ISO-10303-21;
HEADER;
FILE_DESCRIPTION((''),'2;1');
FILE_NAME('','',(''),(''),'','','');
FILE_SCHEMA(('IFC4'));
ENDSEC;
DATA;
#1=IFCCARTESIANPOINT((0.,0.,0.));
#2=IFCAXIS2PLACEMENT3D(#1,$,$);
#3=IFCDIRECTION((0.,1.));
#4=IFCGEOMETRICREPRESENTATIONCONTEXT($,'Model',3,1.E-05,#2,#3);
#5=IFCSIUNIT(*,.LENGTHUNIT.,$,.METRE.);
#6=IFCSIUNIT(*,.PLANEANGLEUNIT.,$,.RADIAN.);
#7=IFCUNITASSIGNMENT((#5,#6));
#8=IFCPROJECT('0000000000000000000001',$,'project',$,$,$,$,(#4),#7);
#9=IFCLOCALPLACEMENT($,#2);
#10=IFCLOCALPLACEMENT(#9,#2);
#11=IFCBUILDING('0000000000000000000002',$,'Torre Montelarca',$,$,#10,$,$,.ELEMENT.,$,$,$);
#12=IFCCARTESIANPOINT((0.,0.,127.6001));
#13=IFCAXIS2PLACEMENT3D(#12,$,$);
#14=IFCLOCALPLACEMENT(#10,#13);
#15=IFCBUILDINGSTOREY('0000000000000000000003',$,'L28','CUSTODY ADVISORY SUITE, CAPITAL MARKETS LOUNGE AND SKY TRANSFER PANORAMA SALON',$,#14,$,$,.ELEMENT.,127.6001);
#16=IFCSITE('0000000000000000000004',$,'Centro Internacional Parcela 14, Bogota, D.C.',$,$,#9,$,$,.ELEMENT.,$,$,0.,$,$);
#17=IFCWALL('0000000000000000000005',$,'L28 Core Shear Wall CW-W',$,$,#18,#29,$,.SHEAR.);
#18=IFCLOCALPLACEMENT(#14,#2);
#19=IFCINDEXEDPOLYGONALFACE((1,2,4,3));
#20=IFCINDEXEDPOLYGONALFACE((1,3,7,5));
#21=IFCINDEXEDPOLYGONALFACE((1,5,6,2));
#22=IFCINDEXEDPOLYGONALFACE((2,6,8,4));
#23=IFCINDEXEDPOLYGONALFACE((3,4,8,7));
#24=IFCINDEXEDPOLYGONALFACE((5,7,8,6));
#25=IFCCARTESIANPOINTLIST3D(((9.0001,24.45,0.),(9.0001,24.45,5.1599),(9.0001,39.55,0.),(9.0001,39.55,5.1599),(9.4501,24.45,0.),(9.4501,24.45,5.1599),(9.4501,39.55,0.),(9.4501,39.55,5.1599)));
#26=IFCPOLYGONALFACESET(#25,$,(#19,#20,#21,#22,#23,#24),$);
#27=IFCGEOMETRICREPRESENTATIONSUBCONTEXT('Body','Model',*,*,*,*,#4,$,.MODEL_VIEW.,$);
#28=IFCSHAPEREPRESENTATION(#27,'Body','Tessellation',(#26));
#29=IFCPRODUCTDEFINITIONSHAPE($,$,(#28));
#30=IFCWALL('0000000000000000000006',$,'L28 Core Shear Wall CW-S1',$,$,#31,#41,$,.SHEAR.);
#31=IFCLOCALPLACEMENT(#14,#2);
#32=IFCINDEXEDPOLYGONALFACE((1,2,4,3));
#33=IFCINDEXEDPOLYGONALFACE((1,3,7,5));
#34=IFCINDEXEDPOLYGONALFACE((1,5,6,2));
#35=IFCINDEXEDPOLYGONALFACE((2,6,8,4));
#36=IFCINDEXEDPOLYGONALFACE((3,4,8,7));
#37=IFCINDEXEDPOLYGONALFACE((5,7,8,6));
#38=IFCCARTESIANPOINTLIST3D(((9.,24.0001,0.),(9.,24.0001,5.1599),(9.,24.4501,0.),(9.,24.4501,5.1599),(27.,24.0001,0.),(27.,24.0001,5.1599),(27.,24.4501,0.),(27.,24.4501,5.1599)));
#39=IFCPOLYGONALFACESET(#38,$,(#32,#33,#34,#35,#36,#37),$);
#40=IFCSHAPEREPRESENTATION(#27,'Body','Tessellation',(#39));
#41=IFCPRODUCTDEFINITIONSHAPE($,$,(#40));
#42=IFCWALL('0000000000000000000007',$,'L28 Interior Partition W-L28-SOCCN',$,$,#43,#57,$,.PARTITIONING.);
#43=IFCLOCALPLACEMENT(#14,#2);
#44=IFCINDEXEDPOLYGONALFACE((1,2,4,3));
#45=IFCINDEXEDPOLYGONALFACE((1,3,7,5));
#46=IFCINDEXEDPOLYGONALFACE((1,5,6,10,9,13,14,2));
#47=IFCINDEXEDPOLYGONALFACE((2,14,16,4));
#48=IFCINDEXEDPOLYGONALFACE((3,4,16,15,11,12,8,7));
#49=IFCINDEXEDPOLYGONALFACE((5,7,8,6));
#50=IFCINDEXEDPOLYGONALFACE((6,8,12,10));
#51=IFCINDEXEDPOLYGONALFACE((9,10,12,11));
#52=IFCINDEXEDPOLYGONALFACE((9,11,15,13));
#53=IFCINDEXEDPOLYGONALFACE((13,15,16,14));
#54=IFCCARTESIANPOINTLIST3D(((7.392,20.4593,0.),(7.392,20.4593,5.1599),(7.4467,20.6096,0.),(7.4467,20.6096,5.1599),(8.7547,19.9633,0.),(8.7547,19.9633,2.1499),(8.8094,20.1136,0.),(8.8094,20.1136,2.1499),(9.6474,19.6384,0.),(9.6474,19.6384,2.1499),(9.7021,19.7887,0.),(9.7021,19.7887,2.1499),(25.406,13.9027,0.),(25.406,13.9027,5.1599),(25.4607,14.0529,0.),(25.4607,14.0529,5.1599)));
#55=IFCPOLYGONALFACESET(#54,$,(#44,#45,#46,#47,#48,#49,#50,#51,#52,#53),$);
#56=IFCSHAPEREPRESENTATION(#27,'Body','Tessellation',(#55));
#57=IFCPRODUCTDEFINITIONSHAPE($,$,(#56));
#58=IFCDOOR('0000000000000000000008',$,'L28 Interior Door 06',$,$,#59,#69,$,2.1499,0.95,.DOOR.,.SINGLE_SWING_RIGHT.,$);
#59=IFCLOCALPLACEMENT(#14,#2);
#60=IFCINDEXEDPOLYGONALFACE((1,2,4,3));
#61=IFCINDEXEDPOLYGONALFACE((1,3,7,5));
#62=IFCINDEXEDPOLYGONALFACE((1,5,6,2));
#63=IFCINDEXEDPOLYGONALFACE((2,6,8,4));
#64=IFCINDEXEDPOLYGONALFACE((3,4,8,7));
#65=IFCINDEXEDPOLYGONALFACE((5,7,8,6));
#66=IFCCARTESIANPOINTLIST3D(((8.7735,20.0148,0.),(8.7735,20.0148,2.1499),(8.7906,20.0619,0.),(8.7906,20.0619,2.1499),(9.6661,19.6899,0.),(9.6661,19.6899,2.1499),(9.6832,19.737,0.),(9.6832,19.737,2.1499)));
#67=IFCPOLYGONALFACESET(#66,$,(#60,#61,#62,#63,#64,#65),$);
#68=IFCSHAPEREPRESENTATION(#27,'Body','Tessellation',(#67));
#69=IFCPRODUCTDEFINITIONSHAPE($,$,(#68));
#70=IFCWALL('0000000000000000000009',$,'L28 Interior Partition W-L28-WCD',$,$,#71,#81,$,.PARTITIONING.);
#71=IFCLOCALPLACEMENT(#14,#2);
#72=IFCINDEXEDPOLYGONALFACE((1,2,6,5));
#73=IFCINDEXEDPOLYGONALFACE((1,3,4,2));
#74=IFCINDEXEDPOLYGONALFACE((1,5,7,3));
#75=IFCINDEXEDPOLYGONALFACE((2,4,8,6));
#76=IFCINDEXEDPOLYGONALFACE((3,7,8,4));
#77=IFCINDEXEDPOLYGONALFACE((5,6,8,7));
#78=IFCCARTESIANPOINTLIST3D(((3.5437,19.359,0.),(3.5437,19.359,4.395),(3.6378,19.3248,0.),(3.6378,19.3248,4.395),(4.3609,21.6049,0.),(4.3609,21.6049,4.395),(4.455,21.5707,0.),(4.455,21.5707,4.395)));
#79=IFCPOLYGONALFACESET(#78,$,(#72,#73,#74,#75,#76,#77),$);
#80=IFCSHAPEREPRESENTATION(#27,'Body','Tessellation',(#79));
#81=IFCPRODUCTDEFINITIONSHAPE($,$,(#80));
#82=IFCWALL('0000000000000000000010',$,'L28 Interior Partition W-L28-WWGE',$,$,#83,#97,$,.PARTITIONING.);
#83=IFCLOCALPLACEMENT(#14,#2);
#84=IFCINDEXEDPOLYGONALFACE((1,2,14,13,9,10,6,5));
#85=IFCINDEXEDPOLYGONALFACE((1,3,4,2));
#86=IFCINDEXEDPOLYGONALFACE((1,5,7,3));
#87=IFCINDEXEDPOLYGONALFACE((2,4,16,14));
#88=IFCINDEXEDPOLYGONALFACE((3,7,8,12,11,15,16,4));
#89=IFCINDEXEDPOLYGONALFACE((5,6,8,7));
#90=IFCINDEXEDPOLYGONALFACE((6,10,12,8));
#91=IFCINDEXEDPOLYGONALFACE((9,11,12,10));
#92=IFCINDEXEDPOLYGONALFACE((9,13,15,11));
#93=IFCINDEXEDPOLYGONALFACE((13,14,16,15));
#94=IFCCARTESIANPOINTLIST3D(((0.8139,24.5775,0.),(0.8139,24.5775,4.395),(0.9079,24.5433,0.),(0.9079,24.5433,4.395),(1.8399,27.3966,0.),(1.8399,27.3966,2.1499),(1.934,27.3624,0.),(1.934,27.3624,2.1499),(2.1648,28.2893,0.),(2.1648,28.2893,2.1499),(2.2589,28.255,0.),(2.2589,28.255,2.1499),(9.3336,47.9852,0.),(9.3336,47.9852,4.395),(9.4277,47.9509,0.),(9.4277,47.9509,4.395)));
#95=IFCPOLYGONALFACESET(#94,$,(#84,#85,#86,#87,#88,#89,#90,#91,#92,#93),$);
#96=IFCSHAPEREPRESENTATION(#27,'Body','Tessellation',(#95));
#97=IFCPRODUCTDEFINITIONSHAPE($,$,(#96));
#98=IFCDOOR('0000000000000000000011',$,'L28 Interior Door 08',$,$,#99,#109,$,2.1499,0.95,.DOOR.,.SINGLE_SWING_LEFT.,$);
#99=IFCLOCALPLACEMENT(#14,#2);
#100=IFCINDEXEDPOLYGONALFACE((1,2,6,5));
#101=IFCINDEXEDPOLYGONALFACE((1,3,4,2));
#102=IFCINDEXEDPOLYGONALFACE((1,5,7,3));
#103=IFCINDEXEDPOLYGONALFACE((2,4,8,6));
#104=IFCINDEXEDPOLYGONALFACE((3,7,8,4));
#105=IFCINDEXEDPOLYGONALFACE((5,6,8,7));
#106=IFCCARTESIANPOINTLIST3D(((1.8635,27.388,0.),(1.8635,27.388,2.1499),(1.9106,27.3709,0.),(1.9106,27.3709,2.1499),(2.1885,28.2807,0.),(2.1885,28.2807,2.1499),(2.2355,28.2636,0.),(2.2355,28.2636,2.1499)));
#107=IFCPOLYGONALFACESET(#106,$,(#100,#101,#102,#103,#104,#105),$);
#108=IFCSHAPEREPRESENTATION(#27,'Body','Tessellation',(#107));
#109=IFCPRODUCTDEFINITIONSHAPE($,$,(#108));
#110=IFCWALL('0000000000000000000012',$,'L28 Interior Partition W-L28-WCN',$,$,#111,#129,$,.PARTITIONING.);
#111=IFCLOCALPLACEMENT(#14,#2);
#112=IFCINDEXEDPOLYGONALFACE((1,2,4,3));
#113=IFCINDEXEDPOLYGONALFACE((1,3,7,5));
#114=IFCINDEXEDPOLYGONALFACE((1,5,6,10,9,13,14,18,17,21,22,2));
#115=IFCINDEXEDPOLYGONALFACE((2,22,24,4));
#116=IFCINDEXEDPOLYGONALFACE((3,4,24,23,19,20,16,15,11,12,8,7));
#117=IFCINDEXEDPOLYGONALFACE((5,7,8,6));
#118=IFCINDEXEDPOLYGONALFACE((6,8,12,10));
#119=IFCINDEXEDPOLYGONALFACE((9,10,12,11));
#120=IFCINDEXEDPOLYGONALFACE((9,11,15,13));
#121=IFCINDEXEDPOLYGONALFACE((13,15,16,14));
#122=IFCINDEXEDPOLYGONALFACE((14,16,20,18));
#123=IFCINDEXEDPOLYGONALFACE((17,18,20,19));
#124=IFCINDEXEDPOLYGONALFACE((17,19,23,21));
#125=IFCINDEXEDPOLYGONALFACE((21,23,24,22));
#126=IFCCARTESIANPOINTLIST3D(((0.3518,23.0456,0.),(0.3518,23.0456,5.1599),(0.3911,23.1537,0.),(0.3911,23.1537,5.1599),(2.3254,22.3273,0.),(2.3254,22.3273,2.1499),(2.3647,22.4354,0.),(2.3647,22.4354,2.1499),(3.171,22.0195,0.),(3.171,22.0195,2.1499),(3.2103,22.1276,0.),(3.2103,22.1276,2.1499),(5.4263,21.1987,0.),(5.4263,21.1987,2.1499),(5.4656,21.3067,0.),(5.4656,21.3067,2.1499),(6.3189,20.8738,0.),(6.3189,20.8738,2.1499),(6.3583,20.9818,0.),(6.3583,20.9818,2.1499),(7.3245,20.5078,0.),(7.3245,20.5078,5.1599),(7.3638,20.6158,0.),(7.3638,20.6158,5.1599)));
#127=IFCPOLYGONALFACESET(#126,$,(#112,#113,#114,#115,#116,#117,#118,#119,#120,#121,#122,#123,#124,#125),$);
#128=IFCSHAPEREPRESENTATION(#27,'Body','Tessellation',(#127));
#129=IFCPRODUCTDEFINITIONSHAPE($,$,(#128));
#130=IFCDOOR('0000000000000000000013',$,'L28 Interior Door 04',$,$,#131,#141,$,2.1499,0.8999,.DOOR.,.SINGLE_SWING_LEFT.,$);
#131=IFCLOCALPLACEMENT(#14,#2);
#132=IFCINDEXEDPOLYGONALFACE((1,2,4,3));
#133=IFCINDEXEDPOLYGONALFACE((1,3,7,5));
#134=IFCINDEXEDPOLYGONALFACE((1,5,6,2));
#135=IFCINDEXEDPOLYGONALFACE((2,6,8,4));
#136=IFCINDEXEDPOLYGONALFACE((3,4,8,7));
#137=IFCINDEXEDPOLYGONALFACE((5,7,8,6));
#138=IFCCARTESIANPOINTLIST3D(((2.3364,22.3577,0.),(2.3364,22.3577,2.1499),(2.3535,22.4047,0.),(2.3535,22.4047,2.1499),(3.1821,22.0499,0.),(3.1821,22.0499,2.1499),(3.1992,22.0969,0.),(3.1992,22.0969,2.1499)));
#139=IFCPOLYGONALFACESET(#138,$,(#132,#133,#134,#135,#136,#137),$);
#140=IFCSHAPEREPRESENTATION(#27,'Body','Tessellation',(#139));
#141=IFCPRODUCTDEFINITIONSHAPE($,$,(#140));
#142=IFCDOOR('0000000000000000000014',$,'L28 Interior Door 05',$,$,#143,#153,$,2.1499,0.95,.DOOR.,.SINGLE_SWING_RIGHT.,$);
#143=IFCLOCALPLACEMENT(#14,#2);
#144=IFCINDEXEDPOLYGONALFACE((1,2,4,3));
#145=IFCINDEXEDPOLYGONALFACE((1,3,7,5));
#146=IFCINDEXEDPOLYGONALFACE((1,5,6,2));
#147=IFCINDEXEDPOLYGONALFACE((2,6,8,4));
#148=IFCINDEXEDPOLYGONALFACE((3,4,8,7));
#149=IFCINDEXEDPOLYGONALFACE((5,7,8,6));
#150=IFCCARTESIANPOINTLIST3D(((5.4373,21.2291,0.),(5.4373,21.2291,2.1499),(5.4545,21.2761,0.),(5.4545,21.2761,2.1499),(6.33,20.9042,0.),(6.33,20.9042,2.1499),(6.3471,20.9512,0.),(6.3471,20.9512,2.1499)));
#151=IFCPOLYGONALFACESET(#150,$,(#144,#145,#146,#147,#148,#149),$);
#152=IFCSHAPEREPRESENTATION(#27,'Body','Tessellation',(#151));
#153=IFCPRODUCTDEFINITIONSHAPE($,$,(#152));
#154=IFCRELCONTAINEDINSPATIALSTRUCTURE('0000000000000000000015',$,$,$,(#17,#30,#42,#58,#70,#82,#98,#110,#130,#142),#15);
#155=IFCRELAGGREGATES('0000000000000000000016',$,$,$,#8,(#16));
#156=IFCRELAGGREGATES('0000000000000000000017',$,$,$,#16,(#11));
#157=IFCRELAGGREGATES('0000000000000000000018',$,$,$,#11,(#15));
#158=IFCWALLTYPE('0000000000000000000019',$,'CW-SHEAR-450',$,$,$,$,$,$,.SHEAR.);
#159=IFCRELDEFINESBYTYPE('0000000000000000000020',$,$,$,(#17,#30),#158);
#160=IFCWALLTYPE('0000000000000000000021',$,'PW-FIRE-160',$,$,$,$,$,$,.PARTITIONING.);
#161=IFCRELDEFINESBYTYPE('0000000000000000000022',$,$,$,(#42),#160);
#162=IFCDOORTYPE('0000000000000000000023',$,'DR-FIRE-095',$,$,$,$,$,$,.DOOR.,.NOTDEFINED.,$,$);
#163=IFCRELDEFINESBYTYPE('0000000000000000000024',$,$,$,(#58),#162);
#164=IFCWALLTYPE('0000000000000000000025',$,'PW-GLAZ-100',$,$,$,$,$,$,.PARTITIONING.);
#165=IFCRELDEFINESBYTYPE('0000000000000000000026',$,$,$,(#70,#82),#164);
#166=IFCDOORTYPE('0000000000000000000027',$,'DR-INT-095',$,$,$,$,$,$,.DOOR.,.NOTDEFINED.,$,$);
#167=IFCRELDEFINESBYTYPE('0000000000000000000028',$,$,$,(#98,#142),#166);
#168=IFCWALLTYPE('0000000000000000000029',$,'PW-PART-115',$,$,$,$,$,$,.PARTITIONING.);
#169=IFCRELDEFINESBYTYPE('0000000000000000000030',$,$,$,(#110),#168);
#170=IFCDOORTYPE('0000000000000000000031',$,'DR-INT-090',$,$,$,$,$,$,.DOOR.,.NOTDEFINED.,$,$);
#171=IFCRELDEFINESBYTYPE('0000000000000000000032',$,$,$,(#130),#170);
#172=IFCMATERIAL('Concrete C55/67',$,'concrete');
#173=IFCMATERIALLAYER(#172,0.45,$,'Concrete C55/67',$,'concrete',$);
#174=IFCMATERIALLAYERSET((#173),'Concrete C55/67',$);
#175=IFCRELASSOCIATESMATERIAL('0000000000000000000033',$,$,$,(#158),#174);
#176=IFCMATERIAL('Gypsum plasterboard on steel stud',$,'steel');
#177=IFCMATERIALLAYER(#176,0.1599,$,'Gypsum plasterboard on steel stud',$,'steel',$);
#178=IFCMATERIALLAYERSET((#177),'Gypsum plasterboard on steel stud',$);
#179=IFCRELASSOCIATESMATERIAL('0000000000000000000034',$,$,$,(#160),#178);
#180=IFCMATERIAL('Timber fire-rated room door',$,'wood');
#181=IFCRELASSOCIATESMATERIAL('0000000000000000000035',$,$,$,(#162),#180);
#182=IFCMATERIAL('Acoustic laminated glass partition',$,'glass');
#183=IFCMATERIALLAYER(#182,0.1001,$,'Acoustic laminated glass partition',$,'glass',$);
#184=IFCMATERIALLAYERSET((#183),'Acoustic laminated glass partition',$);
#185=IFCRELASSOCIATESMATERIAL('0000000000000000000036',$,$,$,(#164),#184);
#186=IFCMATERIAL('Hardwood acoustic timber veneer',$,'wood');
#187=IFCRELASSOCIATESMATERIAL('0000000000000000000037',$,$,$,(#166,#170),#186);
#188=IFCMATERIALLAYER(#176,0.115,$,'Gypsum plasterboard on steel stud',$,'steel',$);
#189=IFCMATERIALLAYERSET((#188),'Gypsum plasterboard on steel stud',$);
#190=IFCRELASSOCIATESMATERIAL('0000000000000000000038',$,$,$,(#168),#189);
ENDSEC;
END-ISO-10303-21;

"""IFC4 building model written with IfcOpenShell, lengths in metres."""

from ifc_helpers import new_model, si_unit, direction, frame, frame_2d, origin, place, context, subcontext, project, spatial, rectangle, extrude, source, transform, mapped, material, layer, layer_set, type_object, element, fill, save


model = new_model("IFC4")

# Units and contexts
model_context = context("Model", 3, precision=1e-05, world=origin(), true_north=direction((0.0, 1.0)))
body_context = subcontext(model_context, "Body", "Model", "MODEL_VIEW")
ifc_project = project(units=[si_unit("LENGTHUNIT", "METRE"), si_unit("PLANEANGLEUNIT", "RADIAN")], contexts=[model_context])

# Site, building, storey
site_placement = place(None, origin())
site = spatial("IfcSite", under=ifc_project, at=site_placement, Name="Centro Internacional Parcela 14, Bogota, D.C.", CompositionType="ELEMENT", RefElevation=0.0)
building_placement = place(site_placement, origin())
building = spatial("IfcBuilding", under=site, at=building_placement, Name="Torre Montelarca", CompositionType="ELEMENT")
storey_placement = place(building_placement, frame((0.0, 0.0, 127.6001)))
storey = spatial("IfcBuildingStorey", under=building, at=storey_placement, Name="L28", Description="CUSTODY ADVISORY SUITE, CAPITAL MARKETS LOUNGE AND SKY TRANSFER PANORAMA SALON", CompositionType="ELEMENT", Elevation=127.6001)

# Shared definitions
ifc_material_1 = material(Name="Concrete C55/67", Category="concrete")

# Walls
ifc_layer_1 = layer(ifc_material_1, 0.45, Name="Concrete C55/67", Category="concrete")
ifc_layer_set_1 = layer_set([ifc_layer_1], Name="Concrete C55/67")
wall_type_1 = type_object("IfcWallType", Name="CW-SHEAR-450", PredefinedType="SHEAR", material=ifc_layer_set_1)
wall_1_placement = place(storey_placement, frame((9.2251, 24.45, 0.0), z_axis=(0.0, 0.0, 1.0), x_axis=(0.0, 1.0, 0.0)))
element("IfcWall", 1, at=wall_1_placement, inside=storey, type_object=wall_type_1, Name="L28 Core Shear Wall CW-W", PredefinedType="SHEAR", context=body_context, shape_type="SweptSolid", body=[
    extrude(rectangle(XDim=15.1001, YDim=0.45, at=frame_2d((7.55, 0.0))), origin(), (0.0, 0.0, 1.0), 5.1599),
])
wall_2_placement = place(storey_placement, frame((9.0, 24.2251, 0.0), z_axis=(0.0, 0.0, 1.0), x_axis=(1.0, 0.0, 0.0)))
element("IfcWall", 2, at=wall_2_placement, inside=storey, type_object=wall_type_1, Name="L28 Core Shear Wall CW-S1", PredefinedType="SHEAR", context=body_context, shape_type="SweptSolid", body=[
    extrude(rectangle(XDim=18.0, YDim=0.45, at=frame_2d((9.0, 0.0))), origin(), (0.0, 0.0, 1.0), 5.1599),
])

# Wall, opening, door
ifc_material_2 = material(Name="Gypsum plasterboard on steel stud", Category="steel")
ifc_layer_2 = layer(ifc_material_2, 0.1599, Name="Gypsum plasterboard on steel stud", Category="steel")
ifc_layer_set_2 = layer_set([ifc_layer_2], Name="Gypsum plasterboard on steel stud")
wall_type_2 = type_object("IfcWallType", Name="PW-FIRE-160", PredefinedType="PARTITIONING", material=ifc_layer_set_2)
wall_3_placement = place(storey_placement, frame((7.4194, 20.5344, 0.0), z_axis=(0.0, 0.0, 1.0), x_axis=(0.939691, -0.342025, 0.0)))
wall_3 = element("IfcWall", 3, at=wall_3_placement, inside=storey, type_object=wall_type_2, Name="L28 Interior Partition W-L28-SOCCN", PredefinedType="PARTITIONING", context=body_context, shape_type="SweptSolid", body=[
    extrude(rectangle(XDim=19.1702, YDim=0.1599, at=frame_2d((9.585, 0.0))), origin(), (0.0, 0.0, 1.0), 5.1599),
])
opening_1_placement = place(wall_3_placement, frame((1.45, 0.0, 0.0)))
opening_1 = element("IfcOpeningElement", 4, at=opening_1_placement, cuts=wall_3, PredefinedType="OPENING", context=body_context, shape_type="SweptSolid", body=[
    extrude(rectangle(XDim=0.95, YDim=2.1499, at=frame_2d((0.4751, 1.075))), frame((0.0, 0.0898, 0.0), z_axis=(0.0, -1.0, 0.0), x_axis=(1.0, 0.0, 0.0)), (0.0, 0.0, 1.0), 0.1799),
])
ifc_material_3 = material(Name="Timber fire-rated room door", Category="wood")
door_type_1 = type_object("IfcDoorType", Name="DR-FIRE-095", OperationType="NOTDEFINED", PredefinedType="DOOR", material=ifc_material_3)
shared_shape_1 = source(origin(), body_context, "Body", "SweptSolid", [
    extrude(rectangle(XDim=0.95, YDim=2.1499, at=frame_2d((0.4751, 1.075))), frame((0.0, 0.0249, 0.0), z_axis=(0.0, -1.0, 0.0), x_axis=(1.0, 0.0, 0.0)), (0.0, 0.0, 1.0), 0.05),
])
door_1_placement = place(opening_1_placement, origin())
door_1 = element("IfcDoor", 5, at=door_1_placement, inside=storey, type_object=door_type_1, Name="L28 Interior Door 06", OperationType="SINGLE_SWING_RIGHT", OverallHeight=2.1499, OverallWidth=0.95, PredefinedType="DOOR", context=body_context, shape_type="MappedRepresentation", body=[
    mapped(shared_shape_1, transform((0.0, 0.0, 0.0), scale=1.0)),
])
fill(opening_1, door_1)

# Wall
ifc_material_4 = material(Name="Acoustic laminated glass partition", Category="glass")
ifc_layer_3 = layer(ifc_material_4, 0.1001, Name="Acoustic laminated glass partition", Category="glass")
ifc_layer_set_3 = layer_set([ifc_layer_3], Name="Acoustic laminated glass partition")
wall_type_3 = type_object("IfcWallType", Name="PW-GLAZ-100", PredefinedType="PARTITIONING", material=ifc_layer_set_3)
wall_4_placement = place(storey_placement, frame((3.5908, 19.342, 0.0), z_axis=(0.0, 0.0, 1.0), x_axis=(0.341915, 0.939731, 0.0)))
element("IfcWall", 6, at=wall_4_placement, inside=storey, type_object=wall_type_3, Name="L28 Interior Partition W-L28-WCD", PredefinedType="PARTITIONING", context=body_context, shape_type="SweptSolid", body=[
    extrude(rectangle(XDim=2.3899, YDim=0.1001, at=frame_2d((1.1948, 0.0))), origin(), (0.0, 0.0, 1.0), 4.395),
])

# Wall, opening, door
wall_5_placement = place(storey_placement, frame((0.8608, 24.5603, 0.0), z_axis=(0.0, 0.0, 1.0), x_axis=(0.342022, 0.939692, 0.0)))
wall_5 = element("IfcWall", 7, at=wall_5_placement, inside=storey, type_object=wall_type_3, Name="L28 Interior Partition W-L28-WWGE", PredefinedType="PARTITIONING", context=body_context, shape_type="SweptSolid", body=[
    extrude(rectangle(XDim=24.9099, YDim=0.1001, at=frame_2d((12.4551, 0.0))), origin(), (0.0, 0.0, 1.0), 4.395),
])
opening_2_placement = place(wall_5_placement, frame((3.0, 0.0, 0.0)))
opening_2 = element("IfcOpeningElement", 8, at=opening_2_placement, cuts=wall_5, PredefinedType="OPENING", context=body_context, shape_type="SweptSolid", body=[
    extrude(rectangle(XDim=0.95, YDim=2.1499, at=frame_2d((0.4751, 1.075))), frame((0.0, 0.0601, 0.0), z_axis=(0.0, -1.0, 0.0), x_axis=(1.0, 0.0, 0.0)), (0.0, 0.0, 1.0), 0.1201),
])
ifc_material_5 = material(Name="Hardwood acoustic timber veneer", Category="wood")
door_type_2 = type_object("IfcDoorType", Name="DR-INT-095", OperationType="NOTDEFINED", PredefinedType="DOOR", material=ifc_material_5)
shared_shape_2 = source(origin(), body_context, "Body", "SweptSolid", [
    extrude(rectangle(XDim=0.95, YDim=2.1499, at=frame_2d((0.4751, 1.075))), frame((0.0, 0.0249, 0.0), z_axis=(0.0, -1.0, 0.0), x_axis=(1.0, 0.0, 0.0)), (0.0, 0.0, 1.0), 0.05),
])
door_2_placement = place(opening_2_placement, origin())
door_2 = element("IfcDoor", 9, at=door_2_placement, inside=storey, type_object=door_type_2, Name="L28 Interior Door 08", OperationType="SINGLE_SWING_LEFT", OverallHeight=2.1499, OverallWidth=0.95, PredefinedType="DOOR", context=body_context, shape_type="MappedRepresentation", body=[
    mapped(shared_shape_2, transform((0.0, 0.0, 0.0), scale=1.0)),
])
fill(opening_2, door_2)

# Wall, openings, doors
ifc_layer_4 = layer(ifc_material_2, 0.115, Name="Gypsum plasterboard on steel stud", Category="steel")
ifc_layer_set_4 = layer_set([ifc_layer_4], Name="Gypsum plasterboard on steel stud")
wall_type_4 = type_object("IfcWallType", Name="PW-PART-115", PredefinedType="PARTITIONING", material=ifc_layer_set_4)
wall_6_placement = place(storey_placement, frame((0.3716, 23.0996, 0.0), z_axis=(0.0, 0.0, 1.0), x_axis=(0.939693, -0.34202, 0.0)))
wall_6 = element("IfcWall", 10, at=wall_6_placement, inside=storey, type_object=wall_type_4, Name="L28 Interior Partition W-L28-WCN", PredefinedType="PARTITIONING", context=body_context, shape_type="SweptSolid", body=[
    extrude(rectangle(XDim=7.4202, YDim=0.115, at=frame_2d((3.71, 0.0))), origin(), (0.0, 0.0, 1.0), 5.1599),
])
opening_3_placement = place(wall_6_placement, frame((2.1001, 0.0, 0.0)))
opening_3 = element("IfcOpeningElement", 11, at=opening_3_placement, cuts=wall_6, PredefinedType="OPENING", context=body_context, shape_type="SweptSolid", body=[
    extrude(rectangle(XDim=0.8999, YDim=2.1499, at=frame_2d((0.45, 1.075))), frame((0.0, 0.0674, 0.0), z_axis=(0.0, -1.0, 0.0), x_axis=(1.0, 0.0, 0.0)), (0.0, 0.0, 1.0), 0.135),
])
opening_4_placement = place(wall_6_placement, frame((5.3999, 0.0, 0.0)))
opening_4 = element("IfcOpeningElement", 12, at=opening_4_placement, cuts=wall_6, PredefinedType="OPENING", context=body_context, shape_type="SweptSolid", body=[
    extrude(rectangle(XDim=0.95, YDim=2.1499, at=frame_2d((0.4751, 1.075))), frame((0.0, 0.0674, 0.0), z_axis=(0.0, -1.0, 0.0), x_axis=(1.0, 0.0, 0.0)), (0.0, 0.0, 1.0), 0.135),
])
door_type_3 = type_object("IfcDoorType", Name="DR-INT-090", OperationType="NOTDEFINED", PredefinedType="DOOR", material=ifc_material_5)
shared_shape_3 = source(origin(), body_context, "Body", "SweptSolid", [
    extrude(rectangle(XDim=0.8999, YDim=2.1499, at=frame_2d((0.45, 1.075))), frame((0.0, 0.0249, 0.0), z_axis=(0.0, -1.0, 0.0), x_axis=(1.0, 0.0, 0.0)), (0.0, 0.0, 1.0), 0.05),
])
door_3_placement = place(opening_3_placement, origin())
door_3 = element("IfcDoor", 13, at=door_3_placement, inside=storey, type_object=door_type_3, Name="L28 Interior Door 04", OperationType="SINGLE_SWING_LEFT", OverallHeight=2.1499, OverallWidth=0.8999, PredefinedType="DOOR", context=body_context, shape_type="MappedRepresentation", body=[
    mapped(shared_shape_3, transform((0.0, 0.0, 0.0), scale=1.0)),
])
fill(opening_3, door_3)
door_4_placement = place(opening_4_placement, origin())
door_4 = element("IfcDoor", 14, at=door_4_placement, inside=storey, type_object=door_type_2, Name="L28 Interior Door 05", OperationType="SINGLE_SWING_RIGHT", OverallHeight=2.1499, OverallWidth=0.95, PredefinedType="DOOR", context=body_context, shape_type="MappedRepresentation", body=[
    mapped(shared_shape_2, transform((0.0, 0.0, 0.0), scale=1.0)),
])
fill(opening_4, door_4)

save(model, "model.ifc")
